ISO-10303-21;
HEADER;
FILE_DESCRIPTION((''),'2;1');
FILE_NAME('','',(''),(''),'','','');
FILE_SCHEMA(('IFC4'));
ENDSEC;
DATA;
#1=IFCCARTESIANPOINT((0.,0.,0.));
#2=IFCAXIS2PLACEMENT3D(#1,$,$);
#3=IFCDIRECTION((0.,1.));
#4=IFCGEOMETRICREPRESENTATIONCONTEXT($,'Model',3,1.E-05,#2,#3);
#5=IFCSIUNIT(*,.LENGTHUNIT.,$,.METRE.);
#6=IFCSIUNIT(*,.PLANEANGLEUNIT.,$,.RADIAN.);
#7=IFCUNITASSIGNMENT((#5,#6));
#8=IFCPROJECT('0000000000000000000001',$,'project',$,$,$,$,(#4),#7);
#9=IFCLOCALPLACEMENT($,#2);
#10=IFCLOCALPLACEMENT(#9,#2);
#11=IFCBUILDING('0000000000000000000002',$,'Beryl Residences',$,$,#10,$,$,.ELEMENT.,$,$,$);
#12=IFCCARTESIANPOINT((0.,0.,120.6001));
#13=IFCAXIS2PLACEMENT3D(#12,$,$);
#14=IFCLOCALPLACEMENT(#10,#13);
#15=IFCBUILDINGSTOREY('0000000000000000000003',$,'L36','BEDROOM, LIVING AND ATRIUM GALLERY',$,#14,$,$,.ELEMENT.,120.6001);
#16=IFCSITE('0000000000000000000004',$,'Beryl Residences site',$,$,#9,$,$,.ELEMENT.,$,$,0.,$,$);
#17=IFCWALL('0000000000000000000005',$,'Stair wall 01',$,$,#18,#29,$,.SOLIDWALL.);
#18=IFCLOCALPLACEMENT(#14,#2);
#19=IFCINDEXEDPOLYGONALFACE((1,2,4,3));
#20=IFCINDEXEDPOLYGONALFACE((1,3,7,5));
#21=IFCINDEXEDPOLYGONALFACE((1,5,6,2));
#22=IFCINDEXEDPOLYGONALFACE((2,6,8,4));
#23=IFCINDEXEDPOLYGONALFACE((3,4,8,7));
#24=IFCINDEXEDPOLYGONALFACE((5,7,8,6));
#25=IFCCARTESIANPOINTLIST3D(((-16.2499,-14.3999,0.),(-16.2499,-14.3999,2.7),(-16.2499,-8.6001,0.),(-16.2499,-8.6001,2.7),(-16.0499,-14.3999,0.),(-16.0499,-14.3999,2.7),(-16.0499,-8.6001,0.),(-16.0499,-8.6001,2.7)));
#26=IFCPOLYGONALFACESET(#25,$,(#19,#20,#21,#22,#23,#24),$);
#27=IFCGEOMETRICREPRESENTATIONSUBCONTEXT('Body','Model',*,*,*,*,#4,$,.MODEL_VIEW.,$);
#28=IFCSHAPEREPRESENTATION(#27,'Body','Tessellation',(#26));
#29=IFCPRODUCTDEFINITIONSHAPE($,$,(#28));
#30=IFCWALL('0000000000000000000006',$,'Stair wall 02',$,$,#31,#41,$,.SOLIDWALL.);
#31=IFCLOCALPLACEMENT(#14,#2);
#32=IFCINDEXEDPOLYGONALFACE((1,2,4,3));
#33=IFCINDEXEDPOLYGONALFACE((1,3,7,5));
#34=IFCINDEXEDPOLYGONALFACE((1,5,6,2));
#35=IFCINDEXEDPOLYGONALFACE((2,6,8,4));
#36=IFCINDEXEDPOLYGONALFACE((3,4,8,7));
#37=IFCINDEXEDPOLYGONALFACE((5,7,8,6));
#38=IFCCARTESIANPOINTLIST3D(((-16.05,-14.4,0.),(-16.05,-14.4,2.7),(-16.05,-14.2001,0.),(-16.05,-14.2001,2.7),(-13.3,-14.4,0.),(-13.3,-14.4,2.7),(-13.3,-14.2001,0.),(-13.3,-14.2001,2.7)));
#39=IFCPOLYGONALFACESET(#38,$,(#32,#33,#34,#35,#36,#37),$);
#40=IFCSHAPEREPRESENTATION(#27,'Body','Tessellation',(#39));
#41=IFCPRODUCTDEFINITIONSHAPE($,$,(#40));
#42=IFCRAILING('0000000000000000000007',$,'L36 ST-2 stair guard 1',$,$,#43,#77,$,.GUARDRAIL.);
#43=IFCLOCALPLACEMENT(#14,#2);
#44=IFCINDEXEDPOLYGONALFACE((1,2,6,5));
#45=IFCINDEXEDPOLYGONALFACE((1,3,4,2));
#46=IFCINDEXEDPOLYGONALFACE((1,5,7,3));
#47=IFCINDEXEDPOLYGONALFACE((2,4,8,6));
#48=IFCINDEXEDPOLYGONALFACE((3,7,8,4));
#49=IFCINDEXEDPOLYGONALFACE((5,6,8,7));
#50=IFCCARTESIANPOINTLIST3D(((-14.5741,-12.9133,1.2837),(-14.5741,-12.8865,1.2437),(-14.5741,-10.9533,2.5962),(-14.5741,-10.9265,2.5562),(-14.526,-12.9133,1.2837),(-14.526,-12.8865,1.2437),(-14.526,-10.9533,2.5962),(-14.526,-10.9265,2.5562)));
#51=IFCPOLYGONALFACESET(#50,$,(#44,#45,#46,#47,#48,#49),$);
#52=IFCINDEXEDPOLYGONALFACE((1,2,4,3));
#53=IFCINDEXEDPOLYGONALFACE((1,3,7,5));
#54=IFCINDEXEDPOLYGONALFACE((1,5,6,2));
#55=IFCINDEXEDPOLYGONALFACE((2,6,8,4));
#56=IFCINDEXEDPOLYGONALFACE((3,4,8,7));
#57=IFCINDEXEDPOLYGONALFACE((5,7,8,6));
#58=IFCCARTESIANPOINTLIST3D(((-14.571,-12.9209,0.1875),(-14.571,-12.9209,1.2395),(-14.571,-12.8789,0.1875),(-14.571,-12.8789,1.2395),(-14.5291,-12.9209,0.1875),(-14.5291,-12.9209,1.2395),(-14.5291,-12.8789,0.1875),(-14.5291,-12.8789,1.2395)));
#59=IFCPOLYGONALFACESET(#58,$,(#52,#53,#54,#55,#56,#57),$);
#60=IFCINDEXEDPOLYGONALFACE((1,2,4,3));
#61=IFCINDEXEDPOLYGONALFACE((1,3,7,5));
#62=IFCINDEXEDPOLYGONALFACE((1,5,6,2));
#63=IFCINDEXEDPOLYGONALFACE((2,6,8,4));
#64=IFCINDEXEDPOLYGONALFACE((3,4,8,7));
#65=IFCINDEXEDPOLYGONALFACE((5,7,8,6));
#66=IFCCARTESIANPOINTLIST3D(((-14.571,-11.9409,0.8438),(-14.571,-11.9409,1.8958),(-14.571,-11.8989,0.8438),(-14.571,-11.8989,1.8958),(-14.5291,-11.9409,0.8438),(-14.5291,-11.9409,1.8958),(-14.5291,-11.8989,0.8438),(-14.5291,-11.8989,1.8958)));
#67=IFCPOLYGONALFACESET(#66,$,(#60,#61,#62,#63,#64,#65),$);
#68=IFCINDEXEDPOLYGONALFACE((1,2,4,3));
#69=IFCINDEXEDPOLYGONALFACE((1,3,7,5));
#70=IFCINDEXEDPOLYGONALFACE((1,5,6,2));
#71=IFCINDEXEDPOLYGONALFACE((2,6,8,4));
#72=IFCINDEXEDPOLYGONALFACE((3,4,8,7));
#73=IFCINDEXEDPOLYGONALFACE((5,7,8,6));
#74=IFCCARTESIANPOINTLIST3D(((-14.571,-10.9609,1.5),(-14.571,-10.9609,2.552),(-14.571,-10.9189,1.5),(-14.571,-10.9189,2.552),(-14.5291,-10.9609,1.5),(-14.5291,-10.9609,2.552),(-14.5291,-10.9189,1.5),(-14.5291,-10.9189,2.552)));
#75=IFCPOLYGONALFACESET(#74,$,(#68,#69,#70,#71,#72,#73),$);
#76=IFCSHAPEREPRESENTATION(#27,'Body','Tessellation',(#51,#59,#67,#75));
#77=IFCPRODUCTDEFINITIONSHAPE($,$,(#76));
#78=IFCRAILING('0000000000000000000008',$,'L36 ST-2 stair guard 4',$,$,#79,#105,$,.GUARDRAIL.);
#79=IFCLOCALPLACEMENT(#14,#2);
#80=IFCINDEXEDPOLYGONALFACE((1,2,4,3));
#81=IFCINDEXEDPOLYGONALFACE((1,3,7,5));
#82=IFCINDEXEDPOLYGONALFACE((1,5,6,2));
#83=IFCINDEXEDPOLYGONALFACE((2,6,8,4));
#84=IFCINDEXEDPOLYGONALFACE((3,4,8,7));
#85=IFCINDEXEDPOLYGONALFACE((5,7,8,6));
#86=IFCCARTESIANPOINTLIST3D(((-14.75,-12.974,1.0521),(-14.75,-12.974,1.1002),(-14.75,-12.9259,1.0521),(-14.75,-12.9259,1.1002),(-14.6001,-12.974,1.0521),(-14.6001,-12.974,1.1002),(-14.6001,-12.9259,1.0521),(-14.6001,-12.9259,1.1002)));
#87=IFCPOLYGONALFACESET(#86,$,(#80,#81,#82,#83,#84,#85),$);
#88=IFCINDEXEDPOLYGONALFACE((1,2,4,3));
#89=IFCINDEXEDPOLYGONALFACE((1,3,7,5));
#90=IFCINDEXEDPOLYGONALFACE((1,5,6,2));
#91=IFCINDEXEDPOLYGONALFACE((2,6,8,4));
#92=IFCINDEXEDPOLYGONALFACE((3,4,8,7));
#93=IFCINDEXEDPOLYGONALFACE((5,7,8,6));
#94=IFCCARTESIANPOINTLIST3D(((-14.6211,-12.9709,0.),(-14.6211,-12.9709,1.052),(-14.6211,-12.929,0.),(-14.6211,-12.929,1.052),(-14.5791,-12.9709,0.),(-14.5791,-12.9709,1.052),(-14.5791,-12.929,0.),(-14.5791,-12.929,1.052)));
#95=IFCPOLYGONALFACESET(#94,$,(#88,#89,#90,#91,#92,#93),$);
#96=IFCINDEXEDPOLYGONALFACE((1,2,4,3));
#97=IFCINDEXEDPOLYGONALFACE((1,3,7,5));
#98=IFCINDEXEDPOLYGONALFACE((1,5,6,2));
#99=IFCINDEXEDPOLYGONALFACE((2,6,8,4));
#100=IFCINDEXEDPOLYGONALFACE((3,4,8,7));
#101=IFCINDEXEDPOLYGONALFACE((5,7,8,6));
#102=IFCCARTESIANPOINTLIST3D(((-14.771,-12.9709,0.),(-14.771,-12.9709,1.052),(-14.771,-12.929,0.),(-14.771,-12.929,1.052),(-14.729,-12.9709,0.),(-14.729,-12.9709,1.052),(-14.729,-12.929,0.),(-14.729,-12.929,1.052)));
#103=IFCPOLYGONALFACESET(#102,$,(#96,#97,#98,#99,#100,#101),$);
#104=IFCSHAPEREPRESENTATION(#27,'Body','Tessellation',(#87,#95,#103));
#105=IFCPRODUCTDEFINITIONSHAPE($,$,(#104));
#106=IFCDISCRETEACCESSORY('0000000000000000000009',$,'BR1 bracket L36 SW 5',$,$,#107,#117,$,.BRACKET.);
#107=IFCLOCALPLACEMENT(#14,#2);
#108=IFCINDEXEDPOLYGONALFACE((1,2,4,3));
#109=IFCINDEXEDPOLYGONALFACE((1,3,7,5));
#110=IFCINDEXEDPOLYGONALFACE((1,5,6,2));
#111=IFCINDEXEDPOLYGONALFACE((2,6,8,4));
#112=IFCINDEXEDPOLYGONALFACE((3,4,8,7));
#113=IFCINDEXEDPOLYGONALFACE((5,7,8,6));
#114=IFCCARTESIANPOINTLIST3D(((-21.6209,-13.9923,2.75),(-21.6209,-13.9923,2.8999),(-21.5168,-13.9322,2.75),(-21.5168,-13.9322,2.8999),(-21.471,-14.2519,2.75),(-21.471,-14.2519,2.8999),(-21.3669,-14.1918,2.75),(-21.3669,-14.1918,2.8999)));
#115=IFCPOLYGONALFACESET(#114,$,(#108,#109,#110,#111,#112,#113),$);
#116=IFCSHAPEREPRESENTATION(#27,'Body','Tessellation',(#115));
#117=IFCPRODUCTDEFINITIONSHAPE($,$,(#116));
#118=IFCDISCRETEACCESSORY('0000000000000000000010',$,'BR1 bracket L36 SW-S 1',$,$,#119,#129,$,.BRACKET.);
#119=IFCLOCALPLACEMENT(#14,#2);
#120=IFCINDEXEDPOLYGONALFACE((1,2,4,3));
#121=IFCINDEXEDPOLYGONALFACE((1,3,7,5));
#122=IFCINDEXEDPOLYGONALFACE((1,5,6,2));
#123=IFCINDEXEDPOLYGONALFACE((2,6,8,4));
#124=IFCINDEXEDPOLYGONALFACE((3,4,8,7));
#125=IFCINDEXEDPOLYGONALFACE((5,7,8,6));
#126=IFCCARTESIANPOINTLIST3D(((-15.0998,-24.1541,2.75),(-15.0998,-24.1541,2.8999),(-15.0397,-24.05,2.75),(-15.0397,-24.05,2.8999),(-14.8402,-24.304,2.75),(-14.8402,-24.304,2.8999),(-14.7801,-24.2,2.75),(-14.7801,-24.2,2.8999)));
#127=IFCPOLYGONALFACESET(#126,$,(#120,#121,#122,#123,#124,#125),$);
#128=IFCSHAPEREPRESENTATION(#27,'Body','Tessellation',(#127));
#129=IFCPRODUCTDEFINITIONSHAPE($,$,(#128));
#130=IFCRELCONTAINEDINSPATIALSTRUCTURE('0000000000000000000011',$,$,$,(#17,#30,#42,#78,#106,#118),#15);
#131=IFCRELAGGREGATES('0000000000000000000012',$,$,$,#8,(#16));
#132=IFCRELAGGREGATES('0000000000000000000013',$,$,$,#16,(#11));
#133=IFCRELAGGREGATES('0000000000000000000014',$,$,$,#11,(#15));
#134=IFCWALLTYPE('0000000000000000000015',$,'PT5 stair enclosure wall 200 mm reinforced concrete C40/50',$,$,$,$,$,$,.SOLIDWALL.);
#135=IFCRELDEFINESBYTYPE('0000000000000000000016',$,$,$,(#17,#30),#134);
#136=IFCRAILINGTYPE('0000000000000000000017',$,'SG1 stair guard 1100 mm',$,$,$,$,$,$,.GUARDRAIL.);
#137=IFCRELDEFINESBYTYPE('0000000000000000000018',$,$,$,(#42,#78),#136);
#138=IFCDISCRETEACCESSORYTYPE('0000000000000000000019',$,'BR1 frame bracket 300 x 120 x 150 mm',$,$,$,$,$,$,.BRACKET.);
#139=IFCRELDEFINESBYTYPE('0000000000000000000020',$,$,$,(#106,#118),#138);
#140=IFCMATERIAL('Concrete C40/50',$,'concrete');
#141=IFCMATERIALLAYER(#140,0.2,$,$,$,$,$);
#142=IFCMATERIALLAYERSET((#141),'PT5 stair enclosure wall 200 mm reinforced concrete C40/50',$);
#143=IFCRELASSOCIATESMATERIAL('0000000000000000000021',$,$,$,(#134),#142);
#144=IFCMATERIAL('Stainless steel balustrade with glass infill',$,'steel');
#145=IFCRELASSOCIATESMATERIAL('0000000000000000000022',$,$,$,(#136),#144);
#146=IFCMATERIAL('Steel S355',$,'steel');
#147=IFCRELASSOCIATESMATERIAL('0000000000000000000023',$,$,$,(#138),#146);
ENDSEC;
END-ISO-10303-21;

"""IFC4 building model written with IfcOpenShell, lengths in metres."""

from ifc_helpers import new_model, si_unit, direction, frame, frame_2d, origin, origin_2d, place, context, subcontext, project, spatial, polyline, rectangle, outline, extrude, source, transform, mapped, material, layer, layer_set, type_object, type_shapes, element, save


model = new_model("IFC4")

# Units and contexts
model_context = context("Model", 3, precision=1e-05, world=origin(), true_north=direction((0.0, 1.0)))
body_context = subcontext(model_context, "Body", "Model", "MODEL_VIEW")
ifc_project = project(units=[si_unit("LENGTHUNIT", "METRE"), si_unit("PLANEANGLEUNIT", "RADIAN")], contexts=[model_context])

# Site, building, storey
site_placement = place(None, origin())
site = spatial("IfcSite", under=ifc_project, at=site_placement, Name="Beryl Residences site", CompositionType="ELEMENT", RefElevation=0.0)
building_placement = place(site_placement, origin())
building = spatial("IfcBuilding", under=site, at=building_placement, Name="Beryl Residences", CompositionType="ELEMENT")
storey_placement = place(building_placement, frame((0.0, 0.0, 120.6001)))
storey = spatial("IfcBuildingStorey", under=building, at=storey_placement, Name="L36", Description="BEDROOM, LIVING AND ATRIUM GALLERY", CompositionType="ELEMENT", Elevation=120.6001)

# Walls
ifc_material_1 = material(Name="Concrete C40/50", Category="concrete")
ifc_layer_1 = layer(ifc_material_1, 0.2)
ifc_layer_set_1 = layer_set([ifc_layer_1], Name="PT5 stair enclosure wall 200 mm reinforced concrete C40/50")
wall_type_1 = type_object("IfcWallType", Name="PT5 stair enclosure wall 200 mm reinforced concrete C40/50", PredefinedType="SOLIDWALL", material=ifc_layer_set_1)
wall_1_placement = place(storey_placement, frame((-16.1499, -14.3999, 0.0), z_axis=(0.0, 0.0, 1.0), x_axis=(0.0, 1.0, 0.0)))
element("IfcWall", 1, at=wall_1_placement, inside=storey, type_object=wall_type_1, Name="Stair wall 01", PredefinedType="SOLIDWALL", context=body_context, shape_type="SweptSolid", body=[
    extrude(rectangle(XDim=5.7998, YDim=0.2, at=frame_2d((2.8999, 0.0))), origin(), (0.0, 0.0, 1.0), 2.7),
])
wall_2_placement = place(storey_placement, frame((-16.05, -14.3, 0.0), z_axis=(0.0, 0.0, 1.0), x_axis=(1.0, 0.0, 0.0)))
element("IfcWall", 2, at=wall_2_placement, inside=storey, type_object=wall_type_1, Name="Stair wall 02", PredefinedType="SOLIDWALL", context=body_context, shape_type="SweptSolid", body=[
    extrude(rectangle(XDim=2.75, YDim=0.2, at=frame_2d((1.375, 0.0))), origin(), (0.0, 0.0, 1.0), 2.7),
])

# Railings
ifc_material_2 = material(Name="Stainless steel balustrade with glass infill", Category="steel")
railing_type = type_object("IfcRailingType", Name="SG1 stair guard 1100 mm", PredefinedType="GUARDRAIL", material=ifc_material_2)
railing_1_placement = place(storey_placement, frame((-14.55, -12.8999, 0.1875)))
element("IfcRailing", 3, at=railing_1_placement, inside=storey, type_object=railing_type, Name="L36 ST-2 stair guard 1", PredefinedType="GUARDRAIL", context=body_context, shape_type="SweptSolid", body=[
    extrude(rectangle(XDim=0.0481, YDim=0.0481, at=origin_2d()), frame((0.0, 0.0, 1.0762), z_axis=(0.0, 0.830902, 0.556419), x_axis=(-1.0, 0.0, 0.0)), (0.0, 0.0, 1.0), 2.3589),
    extrude(rectangle(XDim=0.042, YDim=0.042, at=origin_2d()), origin(), (0.0, 0.0, 1.0), 1.052),
    extrude(rectangle(XDim=0.042, YDim=0.042, at=origin_2d()), frame((0.0, 0.98, 0.6562)), (0.0, 0.0, 1.0), 1.052),
    extrude(rectangle(XDim=0.042, YDim=0.042, at=origin_2d()), frame((0.0, 1.96, 1.3125)), (0.0, 0.0, 1.0), 1.052),
])
railing_2_placement = place(storey_placement, frame((-14.6001, -12.95, 0.0)))
element("IfcRailing", 4, at=railing_2_placement, inside=storey, type_object=railing_type, Name="L36 ST-2 stair guard 4", PredefinedType="GUARDRAIL", context=body_context, shape_type="SweptSolid", body=[
    extrude(rectangle(XDim=0.0481, YDim=0.0481, at=origin_2d()), frame((0.0, 0.0, 1.0762), z_axis=(-1.0, 0.0, 0.0), x_axis=(0.0, -1.0, 0.0)), (0.0, 0.0, 1.0), 0.1499),
    extrude(rectangle(XDim=0.042, YDim=0.042, at=origin_2d()), origin(), (0.0, 0.0, 1.0), 1.052),
    extrude(rectangle(XDim=0.042, YDim=0.042, at=origin_2d()), frame((-0.1499, 0.0, 0.0)), (0.0, 0.0, 1.0), 1.052),
])

# Discrete accessories
ifc_material_3 = material(Name="Steel S355", Category="steel")
discrete_accessory_type = type_object("IfcDiscreteAccessoryType", Name="BR1 frame bracket 300 x 120 x 150 mm", PredefinedType="BRACKET", material=ifc_material_3)
shared_shape_1 = source(origin(), body_context, "Body", "SweptSolid", [
    extrude(outline(polyline([(-0.1499, 0.0), (0.1499, 0.0), (0.1499, 0.1201), (-0.1499, 0.1201), (-0.1499, 0.0)])), origin(), (0.0, 0.0, 1.0), 0.1499),
])
type_shapes(discrete_accessory_type, [shared_shape_1])
for number, where, z_axis, x_axis, name in (
    (5, (-21.4419, -14.062, 2.75), (0.0, 0.0, 1.0), (-0.5, 0.866025, 0.0), "BR1 bracket L36 SW 5"),
    (6, (-14.9099, -24.125, 2.75), (0.0, 0.0, 1.0), (-0.866025, 0.5, 0.0), "BR1 bracket L36 SW-S 1"),
):
    element("IfcDiscreteAccessory", number, at=place(storey_placement, frame(where, z_axis=z_axis, x_axis=x_axis)), inside=storey, type_object=discrete_accessory_type, Name=name, PredefinedType="BRACKET", context=body_context, shape_type="MappedRepresentation", body=[
        mapped(shared_shape_1, transform((0.0, 0.0, 0.0))),
    ])

save(model, "model.ifc")
